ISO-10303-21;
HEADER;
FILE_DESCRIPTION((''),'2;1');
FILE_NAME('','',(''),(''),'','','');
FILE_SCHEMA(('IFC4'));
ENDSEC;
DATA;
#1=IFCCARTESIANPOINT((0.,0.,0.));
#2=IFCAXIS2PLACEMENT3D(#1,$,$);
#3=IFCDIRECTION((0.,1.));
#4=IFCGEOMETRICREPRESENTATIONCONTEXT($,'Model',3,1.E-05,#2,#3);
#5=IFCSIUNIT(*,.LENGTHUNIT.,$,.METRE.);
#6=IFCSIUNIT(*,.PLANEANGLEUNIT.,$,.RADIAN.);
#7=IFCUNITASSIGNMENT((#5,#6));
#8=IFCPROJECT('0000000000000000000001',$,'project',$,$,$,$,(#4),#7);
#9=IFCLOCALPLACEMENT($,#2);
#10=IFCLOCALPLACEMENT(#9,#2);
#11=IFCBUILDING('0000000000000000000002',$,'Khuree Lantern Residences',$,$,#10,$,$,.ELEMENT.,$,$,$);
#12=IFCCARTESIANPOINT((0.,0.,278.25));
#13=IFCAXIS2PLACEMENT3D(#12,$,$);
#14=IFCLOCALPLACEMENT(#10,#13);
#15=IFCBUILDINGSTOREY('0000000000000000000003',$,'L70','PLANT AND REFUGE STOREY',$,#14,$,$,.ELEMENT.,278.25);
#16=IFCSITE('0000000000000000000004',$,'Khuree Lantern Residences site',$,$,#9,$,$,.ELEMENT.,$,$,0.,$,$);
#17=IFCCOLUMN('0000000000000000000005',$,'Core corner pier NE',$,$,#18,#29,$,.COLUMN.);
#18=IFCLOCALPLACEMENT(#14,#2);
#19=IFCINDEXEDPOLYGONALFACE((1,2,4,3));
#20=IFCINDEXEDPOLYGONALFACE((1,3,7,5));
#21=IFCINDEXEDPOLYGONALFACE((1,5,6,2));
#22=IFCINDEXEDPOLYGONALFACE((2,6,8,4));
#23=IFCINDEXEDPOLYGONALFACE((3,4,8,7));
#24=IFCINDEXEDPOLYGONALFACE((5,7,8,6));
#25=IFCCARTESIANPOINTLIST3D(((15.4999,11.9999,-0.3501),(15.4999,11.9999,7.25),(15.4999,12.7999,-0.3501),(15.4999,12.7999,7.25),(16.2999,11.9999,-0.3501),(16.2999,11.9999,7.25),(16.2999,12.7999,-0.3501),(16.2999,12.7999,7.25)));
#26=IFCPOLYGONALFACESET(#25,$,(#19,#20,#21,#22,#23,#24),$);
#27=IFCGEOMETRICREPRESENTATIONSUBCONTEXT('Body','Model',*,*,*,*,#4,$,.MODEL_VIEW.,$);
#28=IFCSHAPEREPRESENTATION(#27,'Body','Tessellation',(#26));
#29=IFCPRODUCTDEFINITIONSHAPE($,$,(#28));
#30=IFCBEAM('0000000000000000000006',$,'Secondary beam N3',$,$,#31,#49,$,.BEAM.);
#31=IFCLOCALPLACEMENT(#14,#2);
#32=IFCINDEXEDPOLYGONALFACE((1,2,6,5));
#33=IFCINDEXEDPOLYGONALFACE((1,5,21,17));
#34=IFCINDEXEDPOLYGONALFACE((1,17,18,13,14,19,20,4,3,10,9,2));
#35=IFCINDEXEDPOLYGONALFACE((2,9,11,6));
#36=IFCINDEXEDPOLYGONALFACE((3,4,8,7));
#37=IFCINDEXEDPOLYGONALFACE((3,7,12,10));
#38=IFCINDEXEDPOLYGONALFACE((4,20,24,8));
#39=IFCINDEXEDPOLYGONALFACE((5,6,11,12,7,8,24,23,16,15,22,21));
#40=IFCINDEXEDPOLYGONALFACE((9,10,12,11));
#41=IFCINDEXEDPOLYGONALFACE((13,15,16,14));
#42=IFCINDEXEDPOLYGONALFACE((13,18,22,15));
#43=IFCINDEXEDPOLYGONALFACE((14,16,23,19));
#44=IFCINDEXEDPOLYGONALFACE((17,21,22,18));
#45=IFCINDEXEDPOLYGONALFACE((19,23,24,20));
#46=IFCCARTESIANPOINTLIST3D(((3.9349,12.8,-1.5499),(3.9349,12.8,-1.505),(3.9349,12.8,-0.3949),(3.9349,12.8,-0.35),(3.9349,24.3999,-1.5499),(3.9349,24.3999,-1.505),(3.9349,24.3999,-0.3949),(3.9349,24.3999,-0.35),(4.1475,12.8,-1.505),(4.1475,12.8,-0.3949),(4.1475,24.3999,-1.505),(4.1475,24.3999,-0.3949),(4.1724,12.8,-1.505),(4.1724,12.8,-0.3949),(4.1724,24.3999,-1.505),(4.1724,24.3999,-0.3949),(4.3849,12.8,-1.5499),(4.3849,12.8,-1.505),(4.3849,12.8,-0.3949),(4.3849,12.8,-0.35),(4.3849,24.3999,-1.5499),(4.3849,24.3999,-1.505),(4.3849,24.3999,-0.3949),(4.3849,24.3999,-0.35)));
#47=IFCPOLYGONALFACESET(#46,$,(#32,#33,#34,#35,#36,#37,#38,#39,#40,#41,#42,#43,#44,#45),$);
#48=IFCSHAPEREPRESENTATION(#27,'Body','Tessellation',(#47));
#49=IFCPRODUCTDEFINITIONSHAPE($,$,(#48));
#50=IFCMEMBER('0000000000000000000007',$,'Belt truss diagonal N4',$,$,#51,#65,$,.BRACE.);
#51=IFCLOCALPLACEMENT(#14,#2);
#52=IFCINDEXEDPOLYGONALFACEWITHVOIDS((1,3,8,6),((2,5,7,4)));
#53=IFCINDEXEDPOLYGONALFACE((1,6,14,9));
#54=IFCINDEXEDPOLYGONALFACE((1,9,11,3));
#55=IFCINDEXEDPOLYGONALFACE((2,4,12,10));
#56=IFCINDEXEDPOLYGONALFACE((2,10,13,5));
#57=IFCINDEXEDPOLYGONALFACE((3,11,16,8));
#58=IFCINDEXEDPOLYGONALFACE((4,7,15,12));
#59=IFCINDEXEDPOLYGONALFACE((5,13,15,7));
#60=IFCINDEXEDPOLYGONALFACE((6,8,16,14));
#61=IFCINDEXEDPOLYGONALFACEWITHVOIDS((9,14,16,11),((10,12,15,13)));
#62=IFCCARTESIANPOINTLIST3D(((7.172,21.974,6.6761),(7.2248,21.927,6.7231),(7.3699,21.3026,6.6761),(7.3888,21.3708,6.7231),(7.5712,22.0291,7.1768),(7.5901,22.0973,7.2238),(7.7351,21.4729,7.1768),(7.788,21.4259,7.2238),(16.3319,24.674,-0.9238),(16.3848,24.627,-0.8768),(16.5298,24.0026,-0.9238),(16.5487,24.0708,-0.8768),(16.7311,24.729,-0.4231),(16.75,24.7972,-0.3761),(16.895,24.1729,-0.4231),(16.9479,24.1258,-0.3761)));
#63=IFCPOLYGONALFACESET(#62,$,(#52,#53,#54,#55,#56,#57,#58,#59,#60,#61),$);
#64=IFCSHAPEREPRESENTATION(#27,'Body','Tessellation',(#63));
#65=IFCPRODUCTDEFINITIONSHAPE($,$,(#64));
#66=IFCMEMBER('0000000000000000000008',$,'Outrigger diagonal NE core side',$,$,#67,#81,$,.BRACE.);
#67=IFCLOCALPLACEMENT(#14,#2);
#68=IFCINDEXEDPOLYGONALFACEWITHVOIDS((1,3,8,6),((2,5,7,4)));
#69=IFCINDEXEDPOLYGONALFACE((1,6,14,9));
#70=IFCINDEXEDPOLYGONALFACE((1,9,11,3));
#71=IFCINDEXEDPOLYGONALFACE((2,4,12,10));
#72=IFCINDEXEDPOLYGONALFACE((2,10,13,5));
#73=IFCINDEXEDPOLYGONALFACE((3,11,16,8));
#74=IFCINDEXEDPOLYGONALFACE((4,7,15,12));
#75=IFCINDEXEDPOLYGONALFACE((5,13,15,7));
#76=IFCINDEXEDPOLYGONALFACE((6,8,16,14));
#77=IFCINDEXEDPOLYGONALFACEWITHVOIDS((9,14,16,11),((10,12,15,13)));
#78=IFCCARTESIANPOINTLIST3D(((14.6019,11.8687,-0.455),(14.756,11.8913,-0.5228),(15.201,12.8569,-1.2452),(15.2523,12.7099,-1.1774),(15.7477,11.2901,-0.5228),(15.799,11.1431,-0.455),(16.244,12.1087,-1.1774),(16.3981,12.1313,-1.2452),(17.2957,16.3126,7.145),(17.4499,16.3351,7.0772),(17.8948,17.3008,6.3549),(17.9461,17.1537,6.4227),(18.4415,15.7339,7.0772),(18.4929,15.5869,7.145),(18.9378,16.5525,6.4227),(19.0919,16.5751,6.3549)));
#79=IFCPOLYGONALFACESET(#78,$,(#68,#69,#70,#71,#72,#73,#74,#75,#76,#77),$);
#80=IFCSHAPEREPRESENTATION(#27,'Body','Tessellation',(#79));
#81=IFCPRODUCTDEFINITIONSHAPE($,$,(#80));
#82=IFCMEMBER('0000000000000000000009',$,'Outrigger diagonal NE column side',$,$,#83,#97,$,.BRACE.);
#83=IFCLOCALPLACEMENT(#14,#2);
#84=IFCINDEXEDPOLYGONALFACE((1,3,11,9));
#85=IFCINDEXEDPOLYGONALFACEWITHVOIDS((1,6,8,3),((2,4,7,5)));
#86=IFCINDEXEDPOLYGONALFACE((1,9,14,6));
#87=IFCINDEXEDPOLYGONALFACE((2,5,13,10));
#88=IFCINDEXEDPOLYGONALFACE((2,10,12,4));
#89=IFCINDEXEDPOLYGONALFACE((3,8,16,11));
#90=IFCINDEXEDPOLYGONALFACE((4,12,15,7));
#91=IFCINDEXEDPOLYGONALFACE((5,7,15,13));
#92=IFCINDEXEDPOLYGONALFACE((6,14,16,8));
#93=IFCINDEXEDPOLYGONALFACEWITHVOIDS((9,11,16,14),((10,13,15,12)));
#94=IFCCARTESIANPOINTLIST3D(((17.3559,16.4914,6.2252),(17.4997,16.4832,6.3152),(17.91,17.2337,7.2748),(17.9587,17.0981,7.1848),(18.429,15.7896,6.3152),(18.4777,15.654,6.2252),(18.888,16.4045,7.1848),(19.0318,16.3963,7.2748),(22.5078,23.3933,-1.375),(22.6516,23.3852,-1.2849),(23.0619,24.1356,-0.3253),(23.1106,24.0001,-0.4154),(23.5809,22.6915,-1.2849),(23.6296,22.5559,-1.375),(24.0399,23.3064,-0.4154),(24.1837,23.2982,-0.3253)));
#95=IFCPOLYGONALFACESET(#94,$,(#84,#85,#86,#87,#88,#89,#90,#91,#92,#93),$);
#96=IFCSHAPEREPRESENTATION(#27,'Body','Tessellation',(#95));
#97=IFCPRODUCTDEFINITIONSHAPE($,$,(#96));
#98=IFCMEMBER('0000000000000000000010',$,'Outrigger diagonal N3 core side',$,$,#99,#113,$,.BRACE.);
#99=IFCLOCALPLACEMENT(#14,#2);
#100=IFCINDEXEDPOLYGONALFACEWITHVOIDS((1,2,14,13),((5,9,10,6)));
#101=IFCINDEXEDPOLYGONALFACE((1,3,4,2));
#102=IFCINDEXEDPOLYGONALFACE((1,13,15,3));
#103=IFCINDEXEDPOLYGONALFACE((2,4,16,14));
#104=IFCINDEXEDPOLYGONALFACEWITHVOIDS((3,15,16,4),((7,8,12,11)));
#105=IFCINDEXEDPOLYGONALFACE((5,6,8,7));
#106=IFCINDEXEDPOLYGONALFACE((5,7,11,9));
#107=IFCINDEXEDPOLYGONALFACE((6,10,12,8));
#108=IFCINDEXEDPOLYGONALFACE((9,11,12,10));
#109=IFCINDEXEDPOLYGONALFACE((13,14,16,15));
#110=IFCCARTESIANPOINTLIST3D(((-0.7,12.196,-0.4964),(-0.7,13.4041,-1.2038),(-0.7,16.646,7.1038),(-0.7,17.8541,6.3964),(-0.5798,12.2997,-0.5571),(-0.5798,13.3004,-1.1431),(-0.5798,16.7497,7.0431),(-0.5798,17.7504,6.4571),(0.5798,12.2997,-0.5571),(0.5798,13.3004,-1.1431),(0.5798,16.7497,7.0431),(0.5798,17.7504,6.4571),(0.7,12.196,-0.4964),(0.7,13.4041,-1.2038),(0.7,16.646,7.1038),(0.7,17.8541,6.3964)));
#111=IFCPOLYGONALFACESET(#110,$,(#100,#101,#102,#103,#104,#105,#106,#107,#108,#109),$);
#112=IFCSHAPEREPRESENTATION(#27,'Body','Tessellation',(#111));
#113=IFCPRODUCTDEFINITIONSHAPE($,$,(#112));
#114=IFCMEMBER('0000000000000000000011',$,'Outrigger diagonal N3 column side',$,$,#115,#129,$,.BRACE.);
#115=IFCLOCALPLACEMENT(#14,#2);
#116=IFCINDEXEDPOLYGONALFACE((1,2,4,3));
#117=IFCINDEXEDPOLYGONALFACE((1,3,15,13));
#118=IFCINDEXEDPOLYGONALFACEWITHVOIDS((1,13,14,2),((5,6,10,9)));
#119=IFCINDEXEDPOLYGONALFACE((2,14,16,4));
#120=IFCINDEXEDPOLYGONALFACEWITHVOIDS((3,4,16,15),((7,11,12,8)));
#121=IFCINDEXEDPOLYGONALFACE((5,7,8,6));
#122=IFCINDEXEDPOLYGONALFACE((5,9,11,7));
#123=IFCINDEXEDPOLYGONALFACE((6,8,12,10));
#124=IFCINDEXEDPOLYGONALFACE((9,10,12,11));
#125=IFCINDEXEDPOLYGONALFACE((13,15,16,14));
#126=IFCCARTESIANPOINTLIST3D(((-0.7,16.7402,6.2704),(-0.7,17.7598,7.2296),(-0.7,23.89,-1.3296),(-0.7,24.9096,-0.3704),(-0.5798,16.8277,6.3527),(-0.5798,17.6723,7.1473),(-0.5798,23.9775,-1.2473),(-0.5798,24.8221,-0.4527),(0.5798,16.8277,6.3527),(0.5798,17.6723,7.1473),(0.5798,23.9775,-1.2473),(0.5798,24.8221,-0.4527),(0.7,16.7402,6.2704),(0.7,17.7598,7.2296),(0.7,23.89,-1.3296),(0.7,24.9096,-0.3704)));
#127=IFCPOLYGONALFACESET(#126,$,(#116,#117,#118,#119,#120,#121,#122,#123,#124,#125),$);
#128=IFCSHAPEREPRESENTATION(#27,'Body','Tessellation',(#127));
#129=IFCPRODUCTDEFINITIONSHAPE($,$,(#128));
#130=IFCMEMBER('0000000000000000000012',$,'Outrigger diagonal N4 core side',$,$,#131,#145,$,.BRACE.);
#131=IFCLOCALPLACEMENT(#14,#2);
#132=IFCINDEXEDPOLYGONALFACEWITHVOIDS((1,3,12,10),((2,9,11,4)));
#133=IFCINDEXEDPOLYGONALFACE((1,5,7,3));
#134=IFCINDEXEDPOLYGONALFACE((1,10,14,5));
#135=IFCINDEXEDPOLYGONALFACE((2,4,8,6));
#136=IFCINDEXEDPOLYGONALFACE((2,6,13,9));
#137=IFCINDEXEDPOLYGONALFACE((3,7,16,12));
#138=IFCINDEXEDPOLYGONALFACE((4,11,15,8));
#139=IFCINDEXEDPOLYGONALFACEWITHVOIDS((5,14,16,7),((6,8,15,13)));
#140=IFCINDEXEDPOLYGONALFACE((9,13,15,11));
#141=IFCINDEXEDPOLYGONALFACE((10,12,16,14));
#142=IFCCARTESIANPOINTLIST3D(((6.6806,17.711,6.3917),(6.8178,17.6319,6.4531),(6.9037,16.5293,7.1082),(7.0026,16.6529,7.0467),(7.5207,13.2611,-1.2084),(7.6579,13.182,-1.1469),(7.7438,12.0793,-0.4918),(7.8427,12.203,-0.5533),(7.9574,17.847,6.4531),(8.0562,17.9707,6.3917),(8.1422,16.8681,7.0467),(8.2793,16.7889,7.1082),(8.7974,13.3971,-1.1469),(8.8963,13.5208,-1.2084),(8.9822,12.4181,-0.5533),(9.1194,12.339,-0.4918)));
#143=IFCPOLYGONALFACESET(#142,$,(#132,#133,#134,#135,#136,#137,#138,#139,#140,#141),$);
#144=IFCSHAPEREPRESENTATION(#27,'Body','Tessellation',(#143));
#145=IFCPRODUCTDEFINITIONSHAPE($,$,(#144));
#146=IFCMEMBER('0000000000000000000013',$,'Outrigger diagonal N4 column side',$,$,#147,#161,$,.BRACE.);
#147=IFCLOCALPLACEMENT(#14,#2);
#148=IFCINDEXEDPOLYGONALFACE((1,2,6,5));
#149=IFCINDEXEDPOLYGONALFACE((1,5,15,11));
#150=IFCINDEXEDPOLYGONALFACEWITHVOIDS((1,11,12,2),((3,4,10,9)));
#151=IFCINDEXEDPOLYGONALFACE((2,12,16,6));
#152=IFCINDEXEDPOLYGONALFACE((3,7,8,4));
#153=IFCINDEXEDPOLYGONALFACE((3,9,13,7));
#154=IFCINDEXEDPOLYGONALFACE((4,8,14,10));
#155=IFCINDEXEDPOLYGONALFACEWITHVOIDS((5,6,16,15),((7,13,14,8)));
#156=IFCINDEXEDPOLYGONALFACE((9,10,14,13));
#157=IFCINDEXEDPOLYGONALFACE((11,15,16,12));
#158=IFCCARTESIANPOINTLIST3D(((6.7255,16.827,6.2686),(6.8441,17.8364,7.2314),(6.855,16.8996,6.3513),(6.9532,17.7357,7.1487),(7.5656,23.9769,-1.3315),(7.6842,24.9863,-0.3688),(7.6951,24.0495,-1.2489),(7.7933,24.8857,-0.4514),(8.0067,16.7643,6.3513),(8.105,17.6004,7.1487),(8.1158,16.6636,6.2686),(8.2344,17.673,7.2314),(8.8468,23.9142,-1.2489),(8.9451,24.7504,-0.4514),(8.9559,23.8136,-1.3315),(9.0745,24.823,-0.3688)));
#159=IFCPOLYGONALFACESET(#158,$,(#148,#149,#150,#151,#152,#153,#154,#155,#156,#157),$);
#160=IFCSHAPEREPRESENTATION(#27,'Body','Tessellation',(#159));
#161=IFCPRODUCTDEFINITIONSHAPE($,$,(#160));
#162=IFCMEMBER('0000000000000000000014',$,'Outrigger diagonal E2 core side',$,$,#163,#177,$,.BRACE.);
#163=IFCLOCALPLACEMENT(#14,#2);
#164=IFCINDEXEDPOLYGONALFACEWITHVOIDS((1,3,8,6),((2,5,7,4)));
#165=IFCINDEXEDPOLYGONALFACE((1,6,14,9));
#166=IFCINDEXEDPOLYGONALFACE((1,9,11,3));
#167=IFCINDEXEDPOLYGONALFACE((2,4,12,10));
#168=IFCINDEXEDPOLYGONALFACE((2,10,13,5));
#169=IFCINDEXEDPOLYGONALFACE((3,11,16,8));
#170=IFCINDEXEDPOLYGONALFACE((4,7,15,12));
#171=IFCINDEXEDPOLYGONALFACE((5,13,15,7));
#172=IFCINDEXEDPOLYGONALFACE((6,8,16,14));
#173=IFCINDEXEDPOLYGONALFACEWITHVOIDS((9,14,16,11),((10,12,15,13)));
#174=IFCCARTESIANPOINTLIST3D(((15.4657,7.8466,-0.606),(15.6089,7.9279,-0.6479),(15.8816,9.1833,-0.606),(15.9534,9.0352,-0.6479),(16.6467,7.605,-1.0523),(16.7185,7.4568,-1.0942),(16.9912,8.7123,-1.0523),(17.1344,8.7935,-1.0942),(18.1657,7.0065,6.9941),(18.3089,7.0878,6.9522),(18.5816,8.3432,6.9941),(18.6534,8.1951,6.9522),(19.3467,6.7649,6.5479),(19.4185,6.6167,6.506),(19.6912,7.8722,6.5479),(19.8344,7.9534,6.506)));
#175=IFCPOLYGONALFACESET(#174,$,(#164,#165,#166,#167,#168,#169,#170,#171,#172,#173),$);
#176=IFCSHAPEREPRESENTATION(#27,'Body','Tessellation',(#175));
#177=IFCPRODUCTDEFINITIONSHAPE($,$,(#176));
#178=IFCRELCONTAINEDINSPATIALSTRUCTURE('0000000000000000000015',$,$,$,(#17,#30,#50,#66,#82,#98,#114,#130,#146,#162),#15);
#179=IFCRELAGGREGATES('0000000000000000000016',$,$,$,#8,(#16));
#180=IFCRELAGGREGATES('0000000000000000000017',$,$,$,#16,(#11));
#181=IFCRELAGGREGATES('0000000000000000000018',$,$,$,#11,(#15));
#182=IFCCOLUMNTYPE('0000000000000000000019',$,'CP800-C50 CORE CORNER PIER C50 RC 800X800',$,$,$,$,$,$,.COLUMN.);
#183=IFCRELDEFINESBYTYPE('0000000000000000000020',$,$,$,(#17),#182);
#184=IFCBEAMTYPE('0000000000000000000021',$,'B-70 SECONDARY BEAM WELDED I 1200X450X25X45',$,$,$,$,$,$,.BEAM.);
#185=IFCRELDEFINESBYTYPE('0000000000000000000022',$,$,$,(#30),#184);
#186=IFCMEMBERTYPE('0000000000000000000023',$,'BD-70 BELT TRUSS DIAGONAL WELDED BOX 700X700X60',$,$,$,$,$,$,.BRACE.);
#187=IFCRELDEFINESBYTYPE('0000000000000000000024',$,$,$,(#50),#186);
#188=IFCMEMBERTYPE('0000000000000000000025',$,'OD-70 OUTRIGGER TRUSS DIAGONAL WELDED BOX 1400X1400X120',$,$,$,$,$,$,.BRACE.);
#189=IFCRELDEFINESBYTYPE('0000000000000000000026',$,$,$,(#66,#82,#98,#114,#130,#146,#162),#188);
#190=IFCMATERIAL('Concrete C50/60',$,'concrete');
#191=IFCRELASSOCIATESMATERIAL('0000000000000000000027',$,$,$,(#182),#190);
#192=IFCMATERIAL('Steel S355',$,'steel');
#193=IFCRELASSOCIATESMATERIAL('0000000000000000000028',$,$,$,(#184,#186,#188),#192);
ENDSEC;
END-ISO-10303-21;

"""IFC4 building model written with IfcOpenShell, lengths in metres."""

from ifc_helpers import new_model, si_unit, direction, frame, origin, origin_2d, place, context, subcontext, project, spatial, rectangle, hollow_rectangle, i_section, extrude, material, material_profile, profile_set, type_object, element, save


model = new_model("IFC4")

# Units and contexts
model_context = context("Model", 3, precision=1e-05, world=origin(), true_north=direction((0.0, 1.0)))
body_context = subcontext(model_context, "Body", "Model", "MODEL_VIEW")
ifc_project = project(units=[si_unit("LENGTHUNIT", "METRE"), si_unit("PLANEANGLEUNIT", "RADIAN")], contexts=[model_context])

# Site, building, storey
site_placement = place(None, origin())
site = spatial("IfcSite", under=ifc_project, at=site_placement, Name="Khuree Lantern Residences site", CompositionType="ELEMENT", RefElevation=0.0)
building_placement = place(site_placement, origin())
building = spatial("IfcBuilding", under=site, at=building_placement, Name="Khuree Lantern Residences", CompositionType="ELEMENT")
storey_placement = place(building_placement, frame((0.0, 0.0, 278.25)))
storey = spatial("IfcBuildingStorey", under=building, at=storey_placement, Name="L70", Description="PLANT AND REFUGE STOREY", CompositionType="ELEMENT", Elevation=278.25)

# Column
ifc_material_1 = material(Name="Concrete C50/60", Category="concrete")
ifc_material_profile_1 = material_profile(ifc_material_1, rectangle(XDim=0.8, YDim=0.8, at=origin_2d()), Name="RC 800X800")
ifc_profile_set_1 = profile_set([ifc_material_profile_1], Name="Concrete C50/60")
column_type = type_object("IfcColumnType", Name="CP800-C50 CORE CORNER PIER C50 RC 800X800", PredefinedType="COLUMN", material=ifc_profile_set_1)
column_placement = place(storey_placement, frame((15.8999, 12.3999, -0.3501), z_axis=(0.0, 0.0, 1.0), x_axis=(1.0, 0.0, 0.0)))
element("IfcColumn", 1, at=column_placement, inside=storey, type_object=column_type, Name="Core corner pier NE", PredefinedType="COLUMN", context=body_context, shape_type="SweptSolid", body=[
    extrude(rectangle(XDim=0.8, YDim=0.8, at=origin_2d()), origin(), (0.0, 0.0, 1.0), 7.6001),
])

# Beam
ifc_material_2 = material(Name="Steel S355", Category="steel")
ifc_material_profile_2 = material_profile(ifc_material_2, i_section(OverallWidth=0.45, OverallDepth=1.2, WebThickness=0.0249, FlangeThickness=0.0449, at=origin_2d()), Name="WELDED I 1200X450X25X45")
ifc_profile_set_2 = profile_set([ifc_material_profile_2], Name="Steel S355")
beam_type = type_object("IfcBeamType", Name="B-70 SECONDARY BEAM WELDED I 1200X450X25X45", PredefinedType="BEAM", material=ifc_profile_set_2)
beam_placement = place(storey_placement, frame((4.1599, 24.3999, -0.95), z_axis=(0.0, -1.0, 0.0), x_axis=(1.0, 0.0, 0.0)))
element("IfcBeam", 2, at=beam_placement, inside=storey, type_object=beam_type, Name="Secondary beam N3", PredefinedType="BEAM", context=body_context, shape_type="SweptSolid", body=[
    extrude(i_section(OverallWidth=0.45, OverallDepth=1.2, WebThickness=0.0249, FlangeThickness=0.0449, at=origin_2d()), origin(), (0.0, 0.0, 1.0), 11.5999),
])

# Members
ifc_material_profile_3 = material_profile(ifc_material_2, hollow_rectangle(XDim=0.7, YDim=0.7, WallThickness=0.0601, at=origin_2d()), Name="WELDED BOX 700X700X60")
ifc_profile_set_3 = profile_set([ifc_material_profile_3], Name="Steel S355")
member_type_1 = type_object("IfcMemberType", Name="BD-70 BELT TRUSS DIAGONAL WELDED BOX 700X700X60", PredefinedType="BRACE", material=ifc_profile_set_3)
member_1_placement = place(storey_placement, frame((7.48, 21.7, 6.95), z_axis=(0.750531, 0.221225, -0.622706), x_axis=(-0.282731, 0.959199, 0.0)))
element("IfcMember", 3, at=member_1_placement, inside=storey, type_object=member_type_1, Name="Belt truss diagonal N4", PredefinedType="BRACE", context=body_context, shape_type="SweptSolid", body=[
    extrude(hollow_rectangle(XDim=0.7, YDim=0.7, WallThickness=0.0601, at=origin_2d()), origin(), (0.0, 0.0, 1.0), 12.2046),
])
ifc_material_profile_4 = material_profile(ifc_material_2, hollow_rectangle(XDim=1.3999, YDim=1.3999, WallThickness=0.1201, at=origin_2d()), Name="WELDED BOX 1400X1400X120")
ifc_profile_set_4 = profile_set([ifc_material_profile_4], Name="Steel S355")
member_type_2 = type_object("IfcMemberType", Name="OD-70 OUTRIGGER TRUSS DIAGONAL WELDED BOX 1400X1400X120", PredefinedType="BRACE", material=ifc_profile_set_4)
member_2_placement = place(storey_placement, frame((15.5, 12.0, -0.8501), z_axis=(0.292592, 0.482668, 0.825483), x_axis=(-0.855146, 0.518387, 0.0)))
element("IfcMember", 4, at=member_2_placement, inside=storey, type_object=member_type_2, Name="Outrigger diagonal NE core side", PredefinedType="BRACE", context=body_context, shape_type="SweptSolid", body=[
    extrude(hollow_rectangle(XDim=1.3999, YDim=1.3999, WallThickness=0.1201, at=origin_2d()), origin(), (0.0, 0.0, 1.0), 9.2068),
])
member_3_placement = place(storey_placement, frame((18.1938, 16.4438, 6.75), z_axis=(0.448516, 0.600869, -0.661657), x_axis=(-0.801365, 0.598175, 0.0)))
element("IfcMember", 5, at=member_3_placement, inside=storey, type_object=member_type_2, Name="Outrigger diagonal NE column side", PredefinedType="BRACE", context=body_context, shape_type="SweptSolid", body=[
    extrude(hollow_rectangle(XDim=1.3999, YDim=1.3999, WallThickness=0.1201, at=origin_2d()), origin(), (0.0, 0.0, 1.0), 11.4866),
])
member_4_placement = place(storey_placement, frame((0.0, 12.8, -0.8501), z_axis=(0.0, 0.505273, 0.862959), x_axis=(-1.0, 0.0, 0.0)))
element("IfcMember", 6, at=member_4_placement, inside=storey, type_object=member_type_2, Name="Outrigger diagonal N3 core side", PredefinedType="BRACE", context=body_context, shape_type="SweptSolid", body=[
    extrude(hollow_rectangle(XDim=1.3999, YDim=1.3999, WallThickness=0.1201, at=origin_2d()), origin(), (0.0, 0.0, 1.0), 8.8071),
])
member_5_placement = place(storey_placement, frame((0.0, 17.25, 6.75), z_axis=(0.0, 0.685206, -0.72835), x_axis=(-1.0, 0.0, 0.0)))
element("IfcMember", 7, at=member_5_placement, inside=storey, type_object=member_type_2, Name="Outrigger diagonal N3 column side", PredefinedType="BRACE", context=body_context, shape_type="SweptSolid", body=[
    extrude(hollow_rectangle(XDim=1.3999, YDim=1.3999, WallThickness=0.1201, at=origin_2d()), origin(), (0.0, 0.0, 1.0), 10.4346),
])
member_6_placement = place(storey_placement, frame((8.3201, 12.8, -0.8501), z_axis=(-0.094957, 0.50299, 0.85906), x_axis=(-0.982643, -0.185509, 0.0)))
element("IfcMember", 8, at=member_6_placement, inside=storey, type_object=member_type_2, Name="Outrigger diagonal N4 core side", PredefinedType="BRACE", context=body_context, shape_type="SweptSolid", body=[
    extrude(hollow_rectangle(XDim=1.3999, YDim=1.3999, WallThickness=0.1201, at=origin_2d()), origin(), (0.0, 0.0, 1.0), 8.8469),
])
member_7_placement = place(storey_placement, frame((7.48, 17.25, 6.75), z_axis=(0.08025, 0.682996, -0.726001), x_axis=(-0.993168, 0.116694, 0.0)))
element("IfcMember", 9, at=member_7_placement, inside=storey, type_object=member_type_2, Name="Outrigger diagonal N4 column side", PredefinedType="BRACE", context=body_context, shape_type="SweptSolid", body=[
    extrude(hollow_rectangle(XDim=1.3999, YDim=1.3999, WallThickness=0.1201, at=origin_2d()), origin(), (0.0, 0.0, 1.0), 10.4685),
])
member_8_placement = place(storey_placement, frame((16.3, 8.3201, -0.8501), z_axis=(0.332955, -0.103599, 0.937235), x_axis=(0.2971, 0.954846, 0.0)))
element("IfcMember", 10, at=member_8_placement, inside=storey, type_object=member_type_2, Name="Outrigger diagonal E2 core side", PredefinedType="BRACE", context=body_context, shape_type="SweptSolid", body=[
    extrude(hollow_rectangle(XDim=1.3999, YDim=1.3999, WallThickness=0.1201, at=origin_2d()), origin(), (0.0, 0.0, 1.0), 8.1091),
])

save(model, "model.ifc")
